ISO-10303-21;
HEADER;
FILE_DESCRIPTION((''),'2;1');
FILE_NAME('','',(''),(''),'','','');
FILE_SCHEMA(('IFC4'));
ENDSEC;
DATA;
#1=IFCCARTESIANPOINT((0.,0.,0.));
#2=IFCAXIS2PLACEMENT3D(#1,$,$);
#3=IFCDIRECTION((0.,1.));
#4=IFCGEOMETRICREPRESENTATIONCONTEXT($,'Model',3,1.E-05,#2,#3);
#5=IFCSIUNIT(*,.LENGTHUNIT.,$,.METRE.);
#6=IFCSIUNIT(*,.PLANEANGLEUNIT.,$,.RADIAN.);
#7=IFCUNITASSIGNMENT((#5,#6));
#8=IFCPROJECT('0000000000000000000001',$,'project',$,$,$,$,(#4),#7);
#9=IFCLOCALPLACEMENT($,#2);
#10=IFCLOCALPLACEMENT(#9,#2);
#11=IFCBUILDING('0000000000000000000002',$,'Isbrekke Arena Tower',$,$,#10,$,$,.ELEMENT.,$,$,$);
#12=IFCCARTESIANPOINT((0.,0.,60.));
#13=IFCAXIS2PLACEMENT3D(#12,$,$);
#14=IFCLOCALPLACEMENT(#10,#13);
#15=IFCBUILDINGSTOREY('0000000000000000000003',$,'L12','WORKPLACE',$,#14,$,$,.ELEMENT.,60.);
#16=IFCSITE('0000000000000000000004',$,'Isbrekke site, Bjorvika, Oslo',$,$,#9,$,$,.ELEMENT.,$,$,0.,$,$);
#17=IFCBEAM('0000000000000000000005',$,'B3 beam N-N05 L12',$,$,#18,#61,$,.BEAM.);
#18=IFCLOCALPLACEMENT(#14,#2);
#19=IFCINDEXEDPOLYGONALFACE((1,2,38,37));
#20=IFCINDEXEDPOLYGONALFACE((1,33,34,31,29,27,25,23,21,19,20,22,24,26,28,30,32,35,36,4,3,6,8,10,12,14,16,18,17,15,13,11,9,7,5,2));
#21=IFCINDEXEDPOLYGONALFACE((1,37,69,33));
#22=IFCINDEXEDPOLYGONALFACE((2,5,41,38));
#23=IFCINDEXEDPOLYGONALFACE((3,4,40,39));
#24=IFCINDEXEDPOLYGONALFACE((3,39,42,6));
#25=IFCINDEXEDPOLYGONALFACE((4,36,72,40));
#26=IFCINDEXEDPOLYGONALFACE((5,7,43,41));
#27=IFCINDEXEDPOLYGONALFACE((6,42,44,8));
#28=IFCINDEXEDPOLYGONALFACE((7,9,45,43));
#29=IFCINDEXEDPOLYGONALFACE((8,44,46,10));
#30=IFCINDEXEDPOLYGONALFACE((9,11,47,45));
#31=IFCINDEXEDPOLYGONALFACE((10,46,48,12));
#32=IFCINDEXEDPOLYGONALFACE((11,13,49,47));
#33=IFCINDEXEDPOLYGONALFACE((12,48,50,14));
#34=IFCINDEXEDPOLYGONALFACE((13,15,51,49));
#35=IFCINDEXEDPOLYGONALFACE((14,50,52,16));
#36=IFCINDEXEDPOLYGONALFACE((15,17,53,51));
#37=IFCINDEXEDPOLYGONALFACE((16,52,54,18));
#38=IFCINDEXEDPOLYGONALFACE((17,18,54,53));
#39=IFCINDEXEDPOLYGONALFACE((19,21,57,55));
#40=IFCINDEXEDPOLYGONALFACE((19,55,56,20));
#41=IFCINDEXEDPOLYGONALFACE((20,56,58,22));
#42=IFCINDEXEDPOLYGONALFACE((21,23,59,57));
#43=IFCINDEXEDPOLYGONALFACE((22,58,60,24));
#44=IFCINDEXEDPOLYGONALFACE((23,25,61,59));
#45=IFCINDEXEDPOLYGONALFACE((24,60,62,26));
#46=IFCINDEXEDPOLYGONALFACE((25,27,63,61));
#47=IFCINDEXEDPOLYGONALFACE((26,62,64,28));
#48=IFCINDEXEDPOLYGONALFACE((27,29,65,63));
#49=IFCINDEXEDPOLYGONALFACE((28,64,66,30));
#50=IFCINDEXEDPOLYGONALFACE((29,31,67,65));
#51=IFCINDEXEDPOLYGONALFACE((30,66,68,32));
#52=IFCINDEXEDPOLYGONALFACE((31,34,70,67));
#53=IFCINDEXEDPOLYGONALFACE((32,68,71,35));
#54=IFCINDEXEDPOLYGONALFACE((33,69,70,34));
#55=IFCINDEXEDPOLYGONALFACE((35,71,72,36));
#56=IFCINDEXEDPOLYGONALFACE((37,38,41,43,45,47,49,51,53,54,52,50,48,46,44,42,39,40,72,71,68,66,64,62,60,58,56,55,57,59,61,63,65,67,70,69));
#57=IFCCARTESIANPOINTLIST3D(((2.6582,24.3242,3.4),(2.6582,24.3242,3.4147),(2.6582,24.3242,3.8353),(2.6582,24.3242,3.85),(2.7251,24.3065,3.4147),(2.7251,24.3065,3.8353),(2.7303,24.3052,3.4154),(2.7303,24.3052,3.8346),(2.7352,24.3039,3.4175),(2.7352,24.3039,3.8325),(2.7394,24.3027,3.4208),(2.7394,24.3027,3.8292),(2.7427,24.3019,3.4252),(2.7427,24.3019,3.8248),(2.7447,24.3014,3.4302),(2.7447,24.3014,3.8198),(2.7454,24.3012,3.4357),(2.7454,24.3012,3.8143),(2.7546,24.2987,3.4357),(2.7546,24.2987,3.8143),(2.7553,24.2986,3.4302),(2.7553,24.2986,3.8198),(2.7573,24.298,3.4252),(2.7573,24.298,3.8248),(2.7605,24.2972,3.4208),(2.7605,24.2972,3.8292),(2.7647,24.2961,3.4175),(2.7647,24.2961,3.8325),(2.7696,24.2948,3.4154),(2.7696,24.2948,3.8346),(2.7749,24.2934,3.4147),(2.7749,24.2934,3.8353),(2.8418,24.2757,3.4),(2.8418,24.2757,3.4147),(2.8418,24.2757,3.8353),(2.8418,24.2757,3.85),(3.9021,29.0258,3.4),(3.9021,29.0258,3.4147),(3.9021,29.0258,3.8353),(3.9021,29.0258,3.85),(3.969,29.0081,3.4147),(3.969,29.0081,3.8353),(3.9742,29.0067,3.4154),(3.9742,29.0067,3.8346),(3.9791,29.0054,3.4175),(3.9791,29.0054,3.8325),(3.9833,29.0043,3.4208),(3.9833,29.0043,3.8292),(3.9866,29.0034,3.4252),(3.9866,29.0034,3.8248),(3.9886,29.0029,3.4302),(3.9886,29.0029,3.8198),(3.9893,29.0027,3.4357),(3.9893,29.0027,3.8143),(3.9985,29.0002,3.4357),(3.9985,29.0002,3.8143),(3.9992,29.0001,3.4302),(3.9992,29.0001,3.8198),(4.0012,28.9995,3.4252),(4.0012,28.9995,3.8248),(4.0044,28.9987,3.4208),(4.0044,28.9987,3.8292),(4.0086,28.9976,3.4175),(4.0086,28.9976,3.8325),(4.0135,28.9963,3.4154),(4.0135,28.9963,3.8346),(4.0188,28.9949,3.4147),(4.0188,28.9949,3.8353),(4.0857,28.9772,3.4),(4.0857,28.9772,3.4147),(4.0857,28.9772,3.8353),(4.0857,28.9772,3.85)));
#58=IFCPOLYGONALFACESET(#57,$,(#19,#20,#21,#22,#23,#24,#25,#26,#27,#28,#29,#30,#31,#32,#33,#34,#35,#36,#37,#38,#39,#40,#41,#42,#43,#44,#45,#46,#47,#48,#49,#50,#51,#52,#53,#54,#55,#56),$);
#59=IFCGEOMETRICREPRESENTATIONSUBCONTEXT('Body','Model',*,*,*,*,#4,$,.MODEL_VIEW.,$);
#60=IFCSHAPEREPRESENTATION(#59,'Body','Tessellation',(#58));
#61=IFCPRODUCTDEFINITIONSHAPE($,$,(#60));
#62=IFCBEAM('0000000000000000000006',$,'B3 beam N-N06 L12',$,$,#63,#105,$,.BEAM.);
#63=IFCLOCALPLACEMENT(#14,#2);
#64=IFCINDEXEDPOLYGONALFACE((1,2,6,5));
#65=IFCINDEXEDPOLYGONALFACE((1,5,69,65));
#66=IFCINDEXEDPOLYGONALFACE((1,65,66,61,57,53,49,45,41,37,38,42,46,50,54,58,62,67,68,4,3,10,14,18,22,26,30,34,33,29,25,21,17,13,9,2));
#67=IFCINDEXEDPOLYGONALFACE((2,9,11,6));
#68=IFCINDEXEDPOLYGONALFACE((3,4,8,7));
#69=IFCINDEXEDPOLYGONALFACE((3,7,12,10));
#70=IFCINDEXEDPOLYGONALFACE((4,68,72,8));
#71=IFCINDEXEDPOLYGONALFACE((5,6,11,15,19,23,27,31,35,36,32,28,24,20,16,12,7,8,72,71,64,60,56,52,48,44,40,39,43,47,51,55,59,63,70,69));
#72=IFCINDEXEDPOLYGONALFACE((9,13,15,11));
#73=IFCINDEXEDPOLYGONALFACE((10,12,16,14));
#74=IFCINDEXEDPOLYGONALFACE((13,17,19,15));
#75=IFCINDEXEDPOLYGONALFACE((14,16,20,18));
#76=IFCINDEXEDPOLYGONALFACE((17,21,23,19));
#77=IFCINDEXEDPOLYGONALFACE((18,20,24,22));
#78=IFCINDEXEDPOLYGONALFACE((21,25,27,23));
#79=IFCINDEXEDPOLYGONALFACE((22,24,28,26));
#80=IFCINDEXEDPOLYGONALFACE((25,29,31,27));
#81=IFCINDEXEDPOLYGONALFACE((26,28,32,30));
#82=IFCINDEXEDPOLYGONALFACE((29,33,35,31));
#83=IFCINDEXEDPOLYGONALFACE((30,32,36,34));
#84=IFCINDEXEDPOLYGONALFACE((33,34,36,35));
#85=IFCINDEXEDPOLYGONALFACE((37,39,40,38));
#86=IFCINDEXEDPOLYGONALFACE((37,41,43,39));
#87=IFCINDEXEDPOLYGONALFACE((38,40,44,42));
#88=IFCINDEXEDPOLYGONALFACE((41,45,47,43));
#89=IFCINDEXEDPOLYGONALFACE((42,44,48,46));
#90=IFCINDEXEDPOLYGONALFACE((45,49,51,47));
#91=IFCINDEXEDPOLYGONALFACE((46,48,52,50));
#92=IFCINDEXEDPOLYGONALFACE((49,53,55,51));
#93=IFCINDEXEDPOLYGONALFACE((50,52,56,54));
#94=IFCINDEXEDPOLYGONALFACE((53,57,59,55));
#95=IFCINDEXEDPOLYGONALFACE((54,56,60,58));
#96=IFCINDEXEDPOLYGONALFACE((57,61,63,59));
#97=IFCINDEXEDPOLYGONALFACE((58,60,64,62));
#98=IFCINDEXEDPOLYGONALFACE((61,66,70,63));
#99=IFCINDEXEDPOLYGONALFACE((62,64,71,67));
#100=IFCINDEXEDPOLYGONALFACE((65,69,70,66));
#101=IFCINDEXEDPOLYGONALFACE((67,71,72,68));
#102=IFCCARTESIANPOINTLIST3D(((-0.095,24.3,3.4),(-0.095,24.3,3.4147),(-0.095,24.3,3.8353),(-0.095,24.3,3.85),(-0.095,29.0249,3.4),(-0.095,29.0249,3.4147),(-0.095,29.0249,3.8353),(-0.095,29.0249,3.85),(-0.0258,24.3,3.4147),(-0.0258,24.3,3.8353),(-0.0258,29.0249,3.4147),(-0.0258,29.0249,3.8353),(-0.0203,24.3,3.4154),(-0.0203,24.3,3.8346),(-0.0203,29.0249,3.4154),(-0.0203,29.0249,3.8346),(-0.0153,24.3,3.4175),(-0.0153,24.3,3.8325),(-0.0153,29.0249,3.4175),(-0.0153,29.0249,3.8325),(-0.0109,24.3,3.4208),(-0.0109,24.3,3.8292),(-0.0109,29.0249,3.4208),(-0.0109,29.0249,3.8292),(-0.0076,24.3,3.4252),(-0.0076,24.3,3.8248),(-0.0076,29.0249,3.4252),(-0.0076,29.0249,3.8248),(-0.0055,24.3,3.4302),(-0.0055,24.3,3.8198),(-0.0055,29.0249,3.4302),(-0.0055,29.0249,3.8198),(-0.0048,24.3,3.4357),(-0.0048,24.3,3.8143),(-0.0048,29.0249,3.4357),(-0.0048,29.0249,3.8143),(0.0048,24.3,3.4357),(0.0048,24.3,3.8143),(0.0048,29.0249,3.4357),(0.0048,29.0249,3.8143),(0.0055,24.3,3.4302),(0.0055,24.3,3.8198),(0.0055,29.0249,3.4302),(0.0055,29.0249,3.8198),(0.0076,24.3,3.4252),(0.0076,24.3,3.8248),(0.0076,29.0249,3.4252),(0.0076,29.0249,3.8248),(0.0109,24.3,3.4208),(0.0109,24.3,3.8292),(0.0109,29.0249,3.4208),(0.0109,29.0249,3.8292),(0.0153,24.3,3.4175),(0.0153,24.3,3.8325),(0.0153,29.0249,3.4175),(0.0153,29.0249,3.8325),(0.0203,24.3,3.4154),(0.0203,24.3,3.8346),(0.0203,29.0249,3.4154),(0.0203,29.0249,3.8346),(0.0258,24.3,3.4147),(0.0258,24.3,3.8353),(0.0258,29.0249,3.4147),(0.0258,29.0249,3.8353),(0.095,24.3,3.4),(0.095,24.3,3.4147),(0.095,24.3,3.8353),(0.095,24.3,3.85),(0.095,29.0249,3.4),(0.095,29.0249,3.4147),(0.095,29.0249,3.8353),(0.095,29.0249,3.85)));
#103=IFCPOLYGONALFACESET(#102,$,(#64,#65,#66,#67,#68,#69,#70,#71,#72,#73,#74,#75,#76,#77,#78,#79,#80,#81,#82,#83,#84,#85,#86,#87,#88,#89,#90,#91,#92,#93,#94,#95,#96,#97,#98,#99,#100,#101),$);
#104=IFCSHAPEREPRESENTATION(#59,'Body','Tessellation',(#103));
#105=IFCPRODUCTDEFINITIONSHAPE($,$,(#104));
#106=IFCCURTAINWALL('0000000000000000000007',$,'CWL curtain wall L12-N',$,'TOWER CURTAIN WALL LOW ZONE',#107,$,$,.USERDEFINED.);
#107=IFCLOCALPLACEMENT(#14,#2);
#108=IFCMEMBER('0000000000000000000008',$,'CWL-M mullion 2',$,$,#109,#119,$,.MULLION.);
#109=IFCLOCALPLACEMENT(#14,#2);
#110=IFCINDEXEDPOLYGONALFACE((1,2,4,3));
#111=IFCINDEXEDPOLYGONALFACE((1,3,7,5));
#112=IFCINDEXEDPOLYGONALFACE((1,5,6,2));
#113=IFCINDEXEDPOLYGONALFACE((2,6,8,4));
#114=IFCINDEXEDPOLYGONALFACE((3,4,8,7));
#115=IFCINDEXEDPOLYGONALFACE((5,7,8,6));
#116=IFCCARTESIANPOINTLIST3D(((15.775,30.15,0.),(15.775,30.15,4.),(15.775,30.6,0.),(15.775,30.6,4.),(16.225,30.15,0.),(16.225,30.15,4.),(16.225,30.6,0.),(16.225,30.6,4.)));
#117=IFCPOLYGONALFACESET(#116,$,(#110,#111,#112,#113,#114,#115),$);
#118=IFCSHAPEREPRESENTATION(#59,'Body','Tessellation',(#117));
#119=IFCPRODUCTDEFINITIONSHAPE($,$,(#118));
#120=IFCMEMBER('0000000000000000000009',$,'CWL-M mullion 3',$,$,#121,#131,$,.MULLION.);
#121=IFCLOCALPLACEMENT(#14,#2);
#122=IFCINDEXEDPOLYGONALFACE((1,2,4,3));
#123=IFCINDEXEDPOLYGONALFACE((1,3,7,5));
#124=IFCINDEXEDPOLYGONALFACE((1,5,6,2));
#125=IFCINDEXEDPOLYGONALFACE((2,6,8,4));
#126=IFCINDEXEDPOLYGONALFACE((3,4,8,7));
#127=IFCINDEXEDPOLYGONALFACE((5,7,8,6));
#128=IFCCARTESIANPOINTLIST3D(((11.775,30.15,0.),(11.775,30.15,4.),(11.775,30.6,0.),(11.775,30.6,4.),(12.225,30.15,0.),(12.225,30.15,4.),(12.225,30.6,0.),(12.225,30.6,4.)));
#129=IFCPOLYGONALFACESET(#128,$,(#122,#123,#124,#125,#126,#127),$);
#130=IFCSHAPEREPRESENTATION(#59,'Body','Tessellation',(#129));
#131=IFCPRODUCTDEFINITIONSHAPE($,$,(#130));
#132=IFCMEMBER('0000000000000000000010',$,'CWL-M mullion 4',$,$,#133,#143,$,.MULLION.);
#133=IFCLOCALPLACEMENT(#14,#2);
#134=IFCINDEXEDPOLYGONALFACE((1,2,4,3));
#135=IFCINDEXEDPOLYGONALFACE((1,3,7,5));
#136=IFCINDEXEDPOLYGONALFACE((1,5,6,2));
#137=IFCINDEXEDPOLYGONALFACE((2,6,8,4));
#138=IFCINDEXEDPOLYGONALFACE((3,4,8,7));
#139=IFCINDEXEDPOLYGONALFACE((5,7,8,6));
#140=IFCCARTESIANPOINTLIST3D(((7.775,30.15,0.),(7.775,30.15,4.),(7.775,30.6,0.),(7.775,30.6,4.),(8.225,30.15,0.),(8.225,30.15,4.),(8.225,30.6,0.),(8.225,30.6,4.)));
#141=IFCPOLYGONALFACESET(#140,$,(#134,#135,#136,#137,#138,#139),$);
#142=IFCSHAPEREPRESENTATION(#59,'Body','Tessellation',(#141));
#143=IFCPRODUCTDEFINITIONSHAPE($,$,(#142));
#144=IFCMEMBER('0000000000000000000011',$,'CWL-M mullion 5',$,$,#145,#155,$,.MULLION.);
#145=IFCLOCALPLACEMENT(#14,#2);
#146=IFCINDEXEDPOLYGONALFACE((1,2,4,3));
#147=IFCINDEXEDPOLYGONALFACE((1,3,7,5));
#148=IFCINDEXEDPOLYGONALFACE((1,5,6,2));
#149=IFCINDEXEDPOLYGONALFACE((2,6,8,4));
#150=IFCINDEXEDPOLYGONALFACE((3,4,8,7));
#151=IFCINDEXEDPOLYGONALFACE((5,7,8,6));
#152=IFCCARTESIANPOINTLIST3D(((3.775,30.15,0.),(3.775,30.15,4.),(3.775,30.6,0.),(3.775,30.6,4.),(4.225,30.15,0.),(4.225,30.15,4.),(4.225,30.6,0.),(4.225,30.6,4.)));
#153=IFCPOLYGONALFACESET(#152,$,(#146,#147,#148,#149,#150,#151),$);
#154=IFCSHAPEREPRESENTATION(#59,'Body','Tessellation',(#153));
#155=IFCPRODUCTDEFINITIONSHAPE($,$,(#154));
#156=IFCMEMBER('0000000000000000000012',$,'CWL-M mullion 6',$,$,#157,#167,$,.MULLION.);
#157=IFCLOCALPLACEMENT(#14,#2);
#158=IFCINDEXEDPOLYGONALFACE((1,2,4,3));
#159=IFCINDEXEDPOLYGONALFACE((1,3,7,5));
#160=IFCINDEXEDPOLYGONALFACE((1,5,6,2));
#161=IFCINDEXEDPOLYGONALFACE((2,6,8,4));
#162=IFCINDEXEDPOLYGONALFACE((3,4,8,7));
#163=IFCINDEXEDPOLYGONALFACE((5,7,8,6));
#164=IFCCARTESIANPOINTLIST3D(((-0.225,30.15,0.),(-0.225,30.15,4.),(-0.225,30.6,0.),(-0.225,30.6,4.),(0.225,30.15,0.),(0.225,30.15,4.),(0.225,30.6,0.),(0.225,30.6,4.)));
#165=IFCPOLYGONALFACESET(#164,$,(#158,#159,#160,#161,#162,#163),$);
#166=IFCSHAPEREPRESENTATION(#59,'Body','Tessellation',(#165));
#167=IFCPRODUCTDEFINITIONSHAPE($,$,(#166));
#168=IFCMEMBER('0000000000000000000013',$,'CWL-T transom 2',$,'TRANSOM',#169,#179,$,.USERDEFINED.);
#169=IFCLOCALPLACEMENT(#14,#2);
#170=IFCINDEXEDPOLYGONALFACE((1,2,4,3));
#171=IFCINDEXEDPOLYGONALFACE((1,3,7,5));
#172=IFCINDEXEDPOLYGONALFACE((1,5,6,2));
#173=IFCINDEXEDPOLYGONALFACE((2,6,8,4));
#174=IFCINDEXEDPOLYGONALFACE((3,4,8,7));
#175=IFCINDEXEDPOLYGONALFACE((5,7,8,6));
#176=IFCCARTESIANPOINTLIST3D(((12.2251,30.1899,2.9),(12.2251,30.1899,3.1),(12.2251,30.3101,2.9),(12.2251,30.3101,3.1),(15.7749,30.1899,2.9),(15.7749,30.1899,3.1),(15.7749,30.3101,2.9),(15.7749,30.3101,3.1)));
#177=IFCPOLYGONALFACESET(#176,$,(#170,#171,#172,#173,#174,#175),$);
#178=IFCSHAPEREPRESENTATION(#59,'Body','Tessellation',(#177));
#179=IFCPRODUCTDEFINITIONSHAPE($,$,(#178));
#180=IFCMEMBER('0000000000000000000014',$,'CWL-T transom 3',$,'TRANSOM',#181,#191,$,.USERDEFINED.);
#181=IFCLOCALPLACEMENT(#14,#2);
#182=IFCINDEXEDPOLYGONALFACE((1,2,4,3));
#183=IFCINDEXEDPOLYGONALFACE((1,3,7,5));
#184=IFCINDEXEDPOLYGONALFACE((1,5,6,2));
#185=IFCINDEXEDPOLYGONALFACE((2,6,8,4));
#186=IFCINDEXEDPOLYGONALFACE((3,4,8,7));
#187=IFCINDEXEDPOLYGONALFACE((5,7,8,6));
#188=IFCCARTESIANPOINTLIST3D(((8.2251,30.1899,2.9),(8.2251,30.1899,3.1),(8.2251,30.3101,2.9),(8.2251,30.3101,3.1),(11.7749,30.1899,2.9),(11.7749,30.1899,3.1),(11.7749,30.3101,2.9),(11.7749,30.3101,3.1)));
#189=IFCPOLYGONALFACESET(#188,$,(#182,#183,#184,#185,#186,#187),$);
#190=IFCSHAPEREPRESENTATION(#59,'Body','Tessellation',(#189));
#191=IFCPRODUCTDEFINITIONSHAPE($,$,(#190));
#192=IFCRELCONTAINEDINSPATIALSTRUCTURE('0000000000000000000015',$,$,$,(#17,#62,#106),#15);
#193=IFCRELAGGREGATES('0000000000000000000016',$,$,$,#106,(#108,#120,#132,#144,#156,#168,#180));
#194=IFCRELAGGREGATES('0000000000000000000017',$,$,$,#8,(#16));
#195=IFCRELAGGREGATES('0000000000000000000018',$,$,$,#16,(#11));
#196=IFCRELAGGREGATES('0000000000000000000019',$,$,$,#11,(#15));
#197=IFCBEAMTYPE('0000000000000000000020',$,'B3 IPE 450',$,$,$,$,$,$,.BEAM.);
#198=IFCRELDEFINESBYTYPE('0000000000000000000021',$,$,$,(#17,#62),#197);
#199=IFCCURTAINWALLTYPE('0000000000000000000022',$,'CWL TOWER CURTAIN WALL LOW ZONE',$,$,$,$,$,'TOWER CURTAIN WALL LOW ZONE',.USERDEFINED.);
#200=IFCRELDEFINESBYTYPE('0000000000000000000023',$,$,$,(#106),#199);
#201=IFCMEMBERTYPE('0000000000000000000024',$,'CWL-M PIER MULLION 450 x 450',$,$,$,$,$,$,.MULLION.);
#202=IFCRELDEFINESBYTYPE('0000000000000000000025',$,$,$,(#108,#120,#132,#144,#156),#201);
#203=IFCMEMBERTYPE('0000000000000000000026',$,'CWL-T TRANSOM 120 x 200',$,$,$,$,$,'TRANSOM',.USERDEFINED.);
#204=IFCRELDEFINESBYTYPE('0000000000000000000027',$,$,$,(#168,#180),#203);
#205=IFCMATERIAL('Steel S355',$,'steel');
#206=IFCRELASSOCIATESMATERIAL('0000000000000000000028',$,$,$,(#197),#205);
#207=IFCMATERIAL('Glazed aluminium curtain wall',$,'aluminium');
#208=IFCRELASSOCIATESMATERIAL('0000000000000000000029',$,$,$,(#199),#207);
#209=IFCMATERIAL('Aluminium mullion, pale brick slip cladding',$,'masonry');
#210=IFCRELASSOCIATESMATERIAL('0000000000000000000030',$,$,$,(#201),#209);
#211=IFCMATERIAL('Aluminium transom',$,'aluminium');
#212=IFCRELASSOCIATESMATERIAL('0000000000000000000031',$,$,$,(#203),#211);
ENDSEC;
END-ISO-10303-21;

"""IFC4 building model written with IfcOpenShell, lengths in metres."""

from ifc_helpers import new_model, si_unit, direction, frame, origin, origin_2d, place, context, subcontext, project, spatial, rectangle, i_section, extrude, material, material_profile, profile_set, type_object, element, aggregate, save


model = new_model("IFC4")

# Units and contexts
model_context = context("Model", 3, precision=1e-05, world=origin(), true_north=direction((0.0, 1.0)))
body_context = subcontext(model_context, "Body", "Model", "MODEL_VIEW")
ifc_project = project(units=[si_unit("LENGTHUNIT", "METRE"), si_unit("PLANEANGLEUNIT", "RADIAN")], contexts=[model_context])

# Site, building, storey
site_placement = place(None, origin())
site = spatial("IfcSite", under=ifc_project, at=site_placement, Name="Isbrekke site, Bjorvika, Oslo", CompositionType="ELEMENT", RefElevation=0.0)
building_placement = place(site_placement, origin())
building = spatial("IfcBuilding", under=site, at=building_placement, Name="Isbrekke Arena Tower", CompositionType="ELEMENT")
storey_placement = place(building_placement, frame((0.0, 0.0, 60.0)))
storey = spatial("IfcBuildingStorey", under=building, at=storey_placement, Name="L12", Description="WORKPLACE", CompositionType="ELEMENT", Elevation=60.0)

# Beams
ifc_material_1 = material(Name="Steel S355", Category="steel")
ifc_material_profile_1 = material_profile(ifc_material_1, i_section(OverallWidth=0.1899, OverallDepth=0.45, WebThickness=0.0095, FlangeThickness=0.0146, FilletRadius=0.021, at=origin_2d()), Name="IPE 450")
ifc_profile_set_1 = profile_set([ifc_material_profile_1], Name="Steel S355")
beam_type_1 = type_object("IfcBeamType", Name="B3 IPE 450", PredefinedType="BEAM", material=ifc_profile_set_1)
beam_1_placement = place(storey_placement, frame((3.9939, 29.0015, 3.625), z_axis=(-0.255778, -0.966736, 0.0), x_axis=(0.966736, -0.255778, 0.0)))
element("IfcBeam", 1, at=beam_1_placement, inside=storey, type_object=beam_type_1, Name="B3 beam N-N05 L12", PredefinedType="BEAM", context=body_context, shape_type="SweptSolid", body=[
    extrude(i_section(OverallWidth=0.1899, OverallDepth=0.45, WebThickness=0.0095, FlangeThickness=0.0146, FilletRadius=0.021, at=origin_2d()), origin(), (0.0, 0.0, 1.0), 4.8633),
])
beam_2_placement = place(storey_placement, frame((0.0, 29.0249, 3.625), z_axis=(0.0, -1.0, 0.0), x_axis=(1.0, 0.0, 0.0)))
element("IfcBeam", 2, at=beam_2_placement, inside=storey, type_object=beam_type_1, Name="B3 beam N-N06 L12", PredefinedType="BEAM", context=body_context, shape_type="SweptSolid", body=[
    extrude(i_section(OverallWidth=0.1899, OverallDepth=0.45, WebThickness=0.0095, FlangeThickness=0.0146, FilletRadius=0.021, at=origin_2d()), origin(), (0.0, 0.0, 1.0), 4.7249),
])

# Curtain wall, members
ifc_material_2 = material(Name="Glazed aluminium curtain wall", Category="aluminium")
curtain_wall_type = type_object("IfcCurtainWallType", Name="CWL TOWER CURTAIN WALL LOW ZONE", ElementType="TOWER CURTAIN WALL LOW ZONE", PredefinedType="USERDEFINED", material=ifc_material_2)
curtain_wall_placement = place(storey_placement, origin())
curtain_wall = element("IfcCurtainWall", 3, at=curtain_wall_placement, inside=storey, type_object=curtain_wall_type, Name="CWL curtain wall L12-N", ObjectType="TOWER CURTAIN WALL LOW ZONE", PredefinedType="USERDEFINED")
ifc_material_3 = material(Name="Aluminium mullion, pale brick slip cladding", Category="masonry")
ifc_material_profile_2 = material_profile(ifc_material_3, rectangle(XDim=0.45, YDim=0.45, at=origin_2d()), Name="PIER 450X450")
ifc_profile_set_2 = profile_set([ifc_material_profile_2], Name="Aluminium mullion, pale brick slip cladding")
member_type_1 = type_object("IfcMemberType", Name="CWL-M PIER MULLION 450 x 450", PredefinedType="MULLION", material=ifc_profile_set_2)
member_1_placement = place(storey_placement, frame((16.0, 30.375, 0.0), z_axis=(0.0, 0.0, 1.0), x_axis=(-1.0, 0.0, 0.0)))
member_1 = element("IfcMember", 4, at=member_1_placement, type_object=member_type_1, Name="CWL-M mullion 2", PredefinedType="MULLION", context=body_context, shape_type="SweptSolid", body=[
    extrude(rectangle(XDim=0.45, YDim=0.45, at=origin_2d()), origin(), (0.0, 0.0, 1.0), 4.0),
])
member_2_placement = place(storey_placement, frame((12.0, 30.375, 0.0), z_axis=(0.0, 0.0, 1.0), x_axis=(-1.0, 0.0, 0.0)))
member_2 = element("IfcMember", 5, at=member_2_placement, type_object=member_type_1, Name="CWL-M mullion 3", PredefinedType="MULLION", context=body_context, shape_type="SweptSolid", body=[
    extrude(rectangle(XDim=0.45, YDim=0.45, at=origin_2d()), origin(), (0.0, 0.0, 1.0), 4.0),
])
member_3_placement = place(storey_placement, frame((8.0, 30.375, 0.0), z_axis=(0.0, 0.0, 1.0), x_axis=(-1.0, 0.0, 0.0)))
member_3 = element("IfcMember", 6, at=member_3_placement, type_object=member_type_1, Name="CWL-M mullion 4", PredefinedType="MULLION", context=body_context, shape_type="SweptSolid", body=[
    extrude(rectangle(XDim=0.45, YDim=0.45, at=origin_2d()), origin(), (0.0, 0.0, 1.0), 4.0),
])
member_4_placement = place(storey_placement, frame((4.0, 30.375, 0.0), z_axis=(0.0, 0.0, 1.0), x_axis=(-1.0, 0.0, 0.0)))
member_4 = element("IfcMember", 7, at=member_4_placement, type_object=member_type_1, Name="CWL-M mullion 5", PredefinedType="MULLION", context=body_context, shape_type="SweptSolid", body=[
    extrude(rectangle(XDim=0.45, YDim=0.45, at=origin_2d()), origin(), (0.0, 0.0, 1.0), 4.0),
])
member_5_placement = place(storey_placement, frame((0.0, 30.375, 0.0), z_axis=(0.0, 0.0, 1.0), x_axis=(-1.0, 0.0, 0.0)))
member_5 = element("IfcMember", 8, at=member_5_placement, type_object=member_type_1, Name="CWL-M mullion 6", PredefinedType="MULLION", context=body_context, shape_type="SweptSolid", body=[
    extrude(rectangle(XDim=0.45, YDim=0.45, at=origin_2d()), origin(), (0.0, 0.0, 1.0), 4.0),
])
ifc_material_4 = material(Name="Aluminium transom", Category="aluminium")
ifc_material_profile_3 = material_profile(ifc_material_4, rectangle(XDim=0.1201, YDim=0.2, at=origin_2d()), Name="TRANSOM 120X200")
ifc_profile_set_3 = profile_set([ifc_material_profile_3], Name="Aluminium transom")
member_type_2 = type_object("IfcMemberType", Name="CWL-T TRANSOM 120 x 200", ElementType="TRANSOM", PredefinedType="USERDEFINED", material=ifc_profile_set_3)
member_6_placement = place(storey_placement, frame((15.7749, 30.25, 3.0), z_axis=(-1.0, 0.0, 0.0), x_axis=(0.0, -1.0, 0.0)))
member_6 = element("IfcMember", 9, at=member_6_placement, type_object=member_type_2, Name="CWL-T transom 2", ObjectType="TRANSOM", PredefinedType="USERDEFINED", context=body_context, shape_type="SweptSolid", body=[
    extrude(rectangle(XDim=0.1201, YDim=0.2, at=origin_2d()), origin(), (0.0, 0.0, 1.0), 3.5498),
])
member_7_placement = place(storey_placement, frame((11.7749, 30.25, 3.0), z_axis=(-1.0, 0.0, 0.0), x_axis=(0.0, -1.0, 0.0)))
member_7 = element("IfcMember", 10, at=member_7_placement, type_object=member_type_2, Name="CWL-T transom 3", ObjectType="TRANSOM", PredefinedType="USERDEFINED", context=body_context, shape_type="SweptSolid", body=[
    extrude(rectangle(XDim=0.1201, YDim=0.2, at=origin_2d()), origin(), (0.0, 0.0, 1.0), 3.5498),
])

aggregate(curtain_wall, [member_1, member_2, member_3, member_4, member_5, member_6, member_7])

save(model, "model.ifc")
